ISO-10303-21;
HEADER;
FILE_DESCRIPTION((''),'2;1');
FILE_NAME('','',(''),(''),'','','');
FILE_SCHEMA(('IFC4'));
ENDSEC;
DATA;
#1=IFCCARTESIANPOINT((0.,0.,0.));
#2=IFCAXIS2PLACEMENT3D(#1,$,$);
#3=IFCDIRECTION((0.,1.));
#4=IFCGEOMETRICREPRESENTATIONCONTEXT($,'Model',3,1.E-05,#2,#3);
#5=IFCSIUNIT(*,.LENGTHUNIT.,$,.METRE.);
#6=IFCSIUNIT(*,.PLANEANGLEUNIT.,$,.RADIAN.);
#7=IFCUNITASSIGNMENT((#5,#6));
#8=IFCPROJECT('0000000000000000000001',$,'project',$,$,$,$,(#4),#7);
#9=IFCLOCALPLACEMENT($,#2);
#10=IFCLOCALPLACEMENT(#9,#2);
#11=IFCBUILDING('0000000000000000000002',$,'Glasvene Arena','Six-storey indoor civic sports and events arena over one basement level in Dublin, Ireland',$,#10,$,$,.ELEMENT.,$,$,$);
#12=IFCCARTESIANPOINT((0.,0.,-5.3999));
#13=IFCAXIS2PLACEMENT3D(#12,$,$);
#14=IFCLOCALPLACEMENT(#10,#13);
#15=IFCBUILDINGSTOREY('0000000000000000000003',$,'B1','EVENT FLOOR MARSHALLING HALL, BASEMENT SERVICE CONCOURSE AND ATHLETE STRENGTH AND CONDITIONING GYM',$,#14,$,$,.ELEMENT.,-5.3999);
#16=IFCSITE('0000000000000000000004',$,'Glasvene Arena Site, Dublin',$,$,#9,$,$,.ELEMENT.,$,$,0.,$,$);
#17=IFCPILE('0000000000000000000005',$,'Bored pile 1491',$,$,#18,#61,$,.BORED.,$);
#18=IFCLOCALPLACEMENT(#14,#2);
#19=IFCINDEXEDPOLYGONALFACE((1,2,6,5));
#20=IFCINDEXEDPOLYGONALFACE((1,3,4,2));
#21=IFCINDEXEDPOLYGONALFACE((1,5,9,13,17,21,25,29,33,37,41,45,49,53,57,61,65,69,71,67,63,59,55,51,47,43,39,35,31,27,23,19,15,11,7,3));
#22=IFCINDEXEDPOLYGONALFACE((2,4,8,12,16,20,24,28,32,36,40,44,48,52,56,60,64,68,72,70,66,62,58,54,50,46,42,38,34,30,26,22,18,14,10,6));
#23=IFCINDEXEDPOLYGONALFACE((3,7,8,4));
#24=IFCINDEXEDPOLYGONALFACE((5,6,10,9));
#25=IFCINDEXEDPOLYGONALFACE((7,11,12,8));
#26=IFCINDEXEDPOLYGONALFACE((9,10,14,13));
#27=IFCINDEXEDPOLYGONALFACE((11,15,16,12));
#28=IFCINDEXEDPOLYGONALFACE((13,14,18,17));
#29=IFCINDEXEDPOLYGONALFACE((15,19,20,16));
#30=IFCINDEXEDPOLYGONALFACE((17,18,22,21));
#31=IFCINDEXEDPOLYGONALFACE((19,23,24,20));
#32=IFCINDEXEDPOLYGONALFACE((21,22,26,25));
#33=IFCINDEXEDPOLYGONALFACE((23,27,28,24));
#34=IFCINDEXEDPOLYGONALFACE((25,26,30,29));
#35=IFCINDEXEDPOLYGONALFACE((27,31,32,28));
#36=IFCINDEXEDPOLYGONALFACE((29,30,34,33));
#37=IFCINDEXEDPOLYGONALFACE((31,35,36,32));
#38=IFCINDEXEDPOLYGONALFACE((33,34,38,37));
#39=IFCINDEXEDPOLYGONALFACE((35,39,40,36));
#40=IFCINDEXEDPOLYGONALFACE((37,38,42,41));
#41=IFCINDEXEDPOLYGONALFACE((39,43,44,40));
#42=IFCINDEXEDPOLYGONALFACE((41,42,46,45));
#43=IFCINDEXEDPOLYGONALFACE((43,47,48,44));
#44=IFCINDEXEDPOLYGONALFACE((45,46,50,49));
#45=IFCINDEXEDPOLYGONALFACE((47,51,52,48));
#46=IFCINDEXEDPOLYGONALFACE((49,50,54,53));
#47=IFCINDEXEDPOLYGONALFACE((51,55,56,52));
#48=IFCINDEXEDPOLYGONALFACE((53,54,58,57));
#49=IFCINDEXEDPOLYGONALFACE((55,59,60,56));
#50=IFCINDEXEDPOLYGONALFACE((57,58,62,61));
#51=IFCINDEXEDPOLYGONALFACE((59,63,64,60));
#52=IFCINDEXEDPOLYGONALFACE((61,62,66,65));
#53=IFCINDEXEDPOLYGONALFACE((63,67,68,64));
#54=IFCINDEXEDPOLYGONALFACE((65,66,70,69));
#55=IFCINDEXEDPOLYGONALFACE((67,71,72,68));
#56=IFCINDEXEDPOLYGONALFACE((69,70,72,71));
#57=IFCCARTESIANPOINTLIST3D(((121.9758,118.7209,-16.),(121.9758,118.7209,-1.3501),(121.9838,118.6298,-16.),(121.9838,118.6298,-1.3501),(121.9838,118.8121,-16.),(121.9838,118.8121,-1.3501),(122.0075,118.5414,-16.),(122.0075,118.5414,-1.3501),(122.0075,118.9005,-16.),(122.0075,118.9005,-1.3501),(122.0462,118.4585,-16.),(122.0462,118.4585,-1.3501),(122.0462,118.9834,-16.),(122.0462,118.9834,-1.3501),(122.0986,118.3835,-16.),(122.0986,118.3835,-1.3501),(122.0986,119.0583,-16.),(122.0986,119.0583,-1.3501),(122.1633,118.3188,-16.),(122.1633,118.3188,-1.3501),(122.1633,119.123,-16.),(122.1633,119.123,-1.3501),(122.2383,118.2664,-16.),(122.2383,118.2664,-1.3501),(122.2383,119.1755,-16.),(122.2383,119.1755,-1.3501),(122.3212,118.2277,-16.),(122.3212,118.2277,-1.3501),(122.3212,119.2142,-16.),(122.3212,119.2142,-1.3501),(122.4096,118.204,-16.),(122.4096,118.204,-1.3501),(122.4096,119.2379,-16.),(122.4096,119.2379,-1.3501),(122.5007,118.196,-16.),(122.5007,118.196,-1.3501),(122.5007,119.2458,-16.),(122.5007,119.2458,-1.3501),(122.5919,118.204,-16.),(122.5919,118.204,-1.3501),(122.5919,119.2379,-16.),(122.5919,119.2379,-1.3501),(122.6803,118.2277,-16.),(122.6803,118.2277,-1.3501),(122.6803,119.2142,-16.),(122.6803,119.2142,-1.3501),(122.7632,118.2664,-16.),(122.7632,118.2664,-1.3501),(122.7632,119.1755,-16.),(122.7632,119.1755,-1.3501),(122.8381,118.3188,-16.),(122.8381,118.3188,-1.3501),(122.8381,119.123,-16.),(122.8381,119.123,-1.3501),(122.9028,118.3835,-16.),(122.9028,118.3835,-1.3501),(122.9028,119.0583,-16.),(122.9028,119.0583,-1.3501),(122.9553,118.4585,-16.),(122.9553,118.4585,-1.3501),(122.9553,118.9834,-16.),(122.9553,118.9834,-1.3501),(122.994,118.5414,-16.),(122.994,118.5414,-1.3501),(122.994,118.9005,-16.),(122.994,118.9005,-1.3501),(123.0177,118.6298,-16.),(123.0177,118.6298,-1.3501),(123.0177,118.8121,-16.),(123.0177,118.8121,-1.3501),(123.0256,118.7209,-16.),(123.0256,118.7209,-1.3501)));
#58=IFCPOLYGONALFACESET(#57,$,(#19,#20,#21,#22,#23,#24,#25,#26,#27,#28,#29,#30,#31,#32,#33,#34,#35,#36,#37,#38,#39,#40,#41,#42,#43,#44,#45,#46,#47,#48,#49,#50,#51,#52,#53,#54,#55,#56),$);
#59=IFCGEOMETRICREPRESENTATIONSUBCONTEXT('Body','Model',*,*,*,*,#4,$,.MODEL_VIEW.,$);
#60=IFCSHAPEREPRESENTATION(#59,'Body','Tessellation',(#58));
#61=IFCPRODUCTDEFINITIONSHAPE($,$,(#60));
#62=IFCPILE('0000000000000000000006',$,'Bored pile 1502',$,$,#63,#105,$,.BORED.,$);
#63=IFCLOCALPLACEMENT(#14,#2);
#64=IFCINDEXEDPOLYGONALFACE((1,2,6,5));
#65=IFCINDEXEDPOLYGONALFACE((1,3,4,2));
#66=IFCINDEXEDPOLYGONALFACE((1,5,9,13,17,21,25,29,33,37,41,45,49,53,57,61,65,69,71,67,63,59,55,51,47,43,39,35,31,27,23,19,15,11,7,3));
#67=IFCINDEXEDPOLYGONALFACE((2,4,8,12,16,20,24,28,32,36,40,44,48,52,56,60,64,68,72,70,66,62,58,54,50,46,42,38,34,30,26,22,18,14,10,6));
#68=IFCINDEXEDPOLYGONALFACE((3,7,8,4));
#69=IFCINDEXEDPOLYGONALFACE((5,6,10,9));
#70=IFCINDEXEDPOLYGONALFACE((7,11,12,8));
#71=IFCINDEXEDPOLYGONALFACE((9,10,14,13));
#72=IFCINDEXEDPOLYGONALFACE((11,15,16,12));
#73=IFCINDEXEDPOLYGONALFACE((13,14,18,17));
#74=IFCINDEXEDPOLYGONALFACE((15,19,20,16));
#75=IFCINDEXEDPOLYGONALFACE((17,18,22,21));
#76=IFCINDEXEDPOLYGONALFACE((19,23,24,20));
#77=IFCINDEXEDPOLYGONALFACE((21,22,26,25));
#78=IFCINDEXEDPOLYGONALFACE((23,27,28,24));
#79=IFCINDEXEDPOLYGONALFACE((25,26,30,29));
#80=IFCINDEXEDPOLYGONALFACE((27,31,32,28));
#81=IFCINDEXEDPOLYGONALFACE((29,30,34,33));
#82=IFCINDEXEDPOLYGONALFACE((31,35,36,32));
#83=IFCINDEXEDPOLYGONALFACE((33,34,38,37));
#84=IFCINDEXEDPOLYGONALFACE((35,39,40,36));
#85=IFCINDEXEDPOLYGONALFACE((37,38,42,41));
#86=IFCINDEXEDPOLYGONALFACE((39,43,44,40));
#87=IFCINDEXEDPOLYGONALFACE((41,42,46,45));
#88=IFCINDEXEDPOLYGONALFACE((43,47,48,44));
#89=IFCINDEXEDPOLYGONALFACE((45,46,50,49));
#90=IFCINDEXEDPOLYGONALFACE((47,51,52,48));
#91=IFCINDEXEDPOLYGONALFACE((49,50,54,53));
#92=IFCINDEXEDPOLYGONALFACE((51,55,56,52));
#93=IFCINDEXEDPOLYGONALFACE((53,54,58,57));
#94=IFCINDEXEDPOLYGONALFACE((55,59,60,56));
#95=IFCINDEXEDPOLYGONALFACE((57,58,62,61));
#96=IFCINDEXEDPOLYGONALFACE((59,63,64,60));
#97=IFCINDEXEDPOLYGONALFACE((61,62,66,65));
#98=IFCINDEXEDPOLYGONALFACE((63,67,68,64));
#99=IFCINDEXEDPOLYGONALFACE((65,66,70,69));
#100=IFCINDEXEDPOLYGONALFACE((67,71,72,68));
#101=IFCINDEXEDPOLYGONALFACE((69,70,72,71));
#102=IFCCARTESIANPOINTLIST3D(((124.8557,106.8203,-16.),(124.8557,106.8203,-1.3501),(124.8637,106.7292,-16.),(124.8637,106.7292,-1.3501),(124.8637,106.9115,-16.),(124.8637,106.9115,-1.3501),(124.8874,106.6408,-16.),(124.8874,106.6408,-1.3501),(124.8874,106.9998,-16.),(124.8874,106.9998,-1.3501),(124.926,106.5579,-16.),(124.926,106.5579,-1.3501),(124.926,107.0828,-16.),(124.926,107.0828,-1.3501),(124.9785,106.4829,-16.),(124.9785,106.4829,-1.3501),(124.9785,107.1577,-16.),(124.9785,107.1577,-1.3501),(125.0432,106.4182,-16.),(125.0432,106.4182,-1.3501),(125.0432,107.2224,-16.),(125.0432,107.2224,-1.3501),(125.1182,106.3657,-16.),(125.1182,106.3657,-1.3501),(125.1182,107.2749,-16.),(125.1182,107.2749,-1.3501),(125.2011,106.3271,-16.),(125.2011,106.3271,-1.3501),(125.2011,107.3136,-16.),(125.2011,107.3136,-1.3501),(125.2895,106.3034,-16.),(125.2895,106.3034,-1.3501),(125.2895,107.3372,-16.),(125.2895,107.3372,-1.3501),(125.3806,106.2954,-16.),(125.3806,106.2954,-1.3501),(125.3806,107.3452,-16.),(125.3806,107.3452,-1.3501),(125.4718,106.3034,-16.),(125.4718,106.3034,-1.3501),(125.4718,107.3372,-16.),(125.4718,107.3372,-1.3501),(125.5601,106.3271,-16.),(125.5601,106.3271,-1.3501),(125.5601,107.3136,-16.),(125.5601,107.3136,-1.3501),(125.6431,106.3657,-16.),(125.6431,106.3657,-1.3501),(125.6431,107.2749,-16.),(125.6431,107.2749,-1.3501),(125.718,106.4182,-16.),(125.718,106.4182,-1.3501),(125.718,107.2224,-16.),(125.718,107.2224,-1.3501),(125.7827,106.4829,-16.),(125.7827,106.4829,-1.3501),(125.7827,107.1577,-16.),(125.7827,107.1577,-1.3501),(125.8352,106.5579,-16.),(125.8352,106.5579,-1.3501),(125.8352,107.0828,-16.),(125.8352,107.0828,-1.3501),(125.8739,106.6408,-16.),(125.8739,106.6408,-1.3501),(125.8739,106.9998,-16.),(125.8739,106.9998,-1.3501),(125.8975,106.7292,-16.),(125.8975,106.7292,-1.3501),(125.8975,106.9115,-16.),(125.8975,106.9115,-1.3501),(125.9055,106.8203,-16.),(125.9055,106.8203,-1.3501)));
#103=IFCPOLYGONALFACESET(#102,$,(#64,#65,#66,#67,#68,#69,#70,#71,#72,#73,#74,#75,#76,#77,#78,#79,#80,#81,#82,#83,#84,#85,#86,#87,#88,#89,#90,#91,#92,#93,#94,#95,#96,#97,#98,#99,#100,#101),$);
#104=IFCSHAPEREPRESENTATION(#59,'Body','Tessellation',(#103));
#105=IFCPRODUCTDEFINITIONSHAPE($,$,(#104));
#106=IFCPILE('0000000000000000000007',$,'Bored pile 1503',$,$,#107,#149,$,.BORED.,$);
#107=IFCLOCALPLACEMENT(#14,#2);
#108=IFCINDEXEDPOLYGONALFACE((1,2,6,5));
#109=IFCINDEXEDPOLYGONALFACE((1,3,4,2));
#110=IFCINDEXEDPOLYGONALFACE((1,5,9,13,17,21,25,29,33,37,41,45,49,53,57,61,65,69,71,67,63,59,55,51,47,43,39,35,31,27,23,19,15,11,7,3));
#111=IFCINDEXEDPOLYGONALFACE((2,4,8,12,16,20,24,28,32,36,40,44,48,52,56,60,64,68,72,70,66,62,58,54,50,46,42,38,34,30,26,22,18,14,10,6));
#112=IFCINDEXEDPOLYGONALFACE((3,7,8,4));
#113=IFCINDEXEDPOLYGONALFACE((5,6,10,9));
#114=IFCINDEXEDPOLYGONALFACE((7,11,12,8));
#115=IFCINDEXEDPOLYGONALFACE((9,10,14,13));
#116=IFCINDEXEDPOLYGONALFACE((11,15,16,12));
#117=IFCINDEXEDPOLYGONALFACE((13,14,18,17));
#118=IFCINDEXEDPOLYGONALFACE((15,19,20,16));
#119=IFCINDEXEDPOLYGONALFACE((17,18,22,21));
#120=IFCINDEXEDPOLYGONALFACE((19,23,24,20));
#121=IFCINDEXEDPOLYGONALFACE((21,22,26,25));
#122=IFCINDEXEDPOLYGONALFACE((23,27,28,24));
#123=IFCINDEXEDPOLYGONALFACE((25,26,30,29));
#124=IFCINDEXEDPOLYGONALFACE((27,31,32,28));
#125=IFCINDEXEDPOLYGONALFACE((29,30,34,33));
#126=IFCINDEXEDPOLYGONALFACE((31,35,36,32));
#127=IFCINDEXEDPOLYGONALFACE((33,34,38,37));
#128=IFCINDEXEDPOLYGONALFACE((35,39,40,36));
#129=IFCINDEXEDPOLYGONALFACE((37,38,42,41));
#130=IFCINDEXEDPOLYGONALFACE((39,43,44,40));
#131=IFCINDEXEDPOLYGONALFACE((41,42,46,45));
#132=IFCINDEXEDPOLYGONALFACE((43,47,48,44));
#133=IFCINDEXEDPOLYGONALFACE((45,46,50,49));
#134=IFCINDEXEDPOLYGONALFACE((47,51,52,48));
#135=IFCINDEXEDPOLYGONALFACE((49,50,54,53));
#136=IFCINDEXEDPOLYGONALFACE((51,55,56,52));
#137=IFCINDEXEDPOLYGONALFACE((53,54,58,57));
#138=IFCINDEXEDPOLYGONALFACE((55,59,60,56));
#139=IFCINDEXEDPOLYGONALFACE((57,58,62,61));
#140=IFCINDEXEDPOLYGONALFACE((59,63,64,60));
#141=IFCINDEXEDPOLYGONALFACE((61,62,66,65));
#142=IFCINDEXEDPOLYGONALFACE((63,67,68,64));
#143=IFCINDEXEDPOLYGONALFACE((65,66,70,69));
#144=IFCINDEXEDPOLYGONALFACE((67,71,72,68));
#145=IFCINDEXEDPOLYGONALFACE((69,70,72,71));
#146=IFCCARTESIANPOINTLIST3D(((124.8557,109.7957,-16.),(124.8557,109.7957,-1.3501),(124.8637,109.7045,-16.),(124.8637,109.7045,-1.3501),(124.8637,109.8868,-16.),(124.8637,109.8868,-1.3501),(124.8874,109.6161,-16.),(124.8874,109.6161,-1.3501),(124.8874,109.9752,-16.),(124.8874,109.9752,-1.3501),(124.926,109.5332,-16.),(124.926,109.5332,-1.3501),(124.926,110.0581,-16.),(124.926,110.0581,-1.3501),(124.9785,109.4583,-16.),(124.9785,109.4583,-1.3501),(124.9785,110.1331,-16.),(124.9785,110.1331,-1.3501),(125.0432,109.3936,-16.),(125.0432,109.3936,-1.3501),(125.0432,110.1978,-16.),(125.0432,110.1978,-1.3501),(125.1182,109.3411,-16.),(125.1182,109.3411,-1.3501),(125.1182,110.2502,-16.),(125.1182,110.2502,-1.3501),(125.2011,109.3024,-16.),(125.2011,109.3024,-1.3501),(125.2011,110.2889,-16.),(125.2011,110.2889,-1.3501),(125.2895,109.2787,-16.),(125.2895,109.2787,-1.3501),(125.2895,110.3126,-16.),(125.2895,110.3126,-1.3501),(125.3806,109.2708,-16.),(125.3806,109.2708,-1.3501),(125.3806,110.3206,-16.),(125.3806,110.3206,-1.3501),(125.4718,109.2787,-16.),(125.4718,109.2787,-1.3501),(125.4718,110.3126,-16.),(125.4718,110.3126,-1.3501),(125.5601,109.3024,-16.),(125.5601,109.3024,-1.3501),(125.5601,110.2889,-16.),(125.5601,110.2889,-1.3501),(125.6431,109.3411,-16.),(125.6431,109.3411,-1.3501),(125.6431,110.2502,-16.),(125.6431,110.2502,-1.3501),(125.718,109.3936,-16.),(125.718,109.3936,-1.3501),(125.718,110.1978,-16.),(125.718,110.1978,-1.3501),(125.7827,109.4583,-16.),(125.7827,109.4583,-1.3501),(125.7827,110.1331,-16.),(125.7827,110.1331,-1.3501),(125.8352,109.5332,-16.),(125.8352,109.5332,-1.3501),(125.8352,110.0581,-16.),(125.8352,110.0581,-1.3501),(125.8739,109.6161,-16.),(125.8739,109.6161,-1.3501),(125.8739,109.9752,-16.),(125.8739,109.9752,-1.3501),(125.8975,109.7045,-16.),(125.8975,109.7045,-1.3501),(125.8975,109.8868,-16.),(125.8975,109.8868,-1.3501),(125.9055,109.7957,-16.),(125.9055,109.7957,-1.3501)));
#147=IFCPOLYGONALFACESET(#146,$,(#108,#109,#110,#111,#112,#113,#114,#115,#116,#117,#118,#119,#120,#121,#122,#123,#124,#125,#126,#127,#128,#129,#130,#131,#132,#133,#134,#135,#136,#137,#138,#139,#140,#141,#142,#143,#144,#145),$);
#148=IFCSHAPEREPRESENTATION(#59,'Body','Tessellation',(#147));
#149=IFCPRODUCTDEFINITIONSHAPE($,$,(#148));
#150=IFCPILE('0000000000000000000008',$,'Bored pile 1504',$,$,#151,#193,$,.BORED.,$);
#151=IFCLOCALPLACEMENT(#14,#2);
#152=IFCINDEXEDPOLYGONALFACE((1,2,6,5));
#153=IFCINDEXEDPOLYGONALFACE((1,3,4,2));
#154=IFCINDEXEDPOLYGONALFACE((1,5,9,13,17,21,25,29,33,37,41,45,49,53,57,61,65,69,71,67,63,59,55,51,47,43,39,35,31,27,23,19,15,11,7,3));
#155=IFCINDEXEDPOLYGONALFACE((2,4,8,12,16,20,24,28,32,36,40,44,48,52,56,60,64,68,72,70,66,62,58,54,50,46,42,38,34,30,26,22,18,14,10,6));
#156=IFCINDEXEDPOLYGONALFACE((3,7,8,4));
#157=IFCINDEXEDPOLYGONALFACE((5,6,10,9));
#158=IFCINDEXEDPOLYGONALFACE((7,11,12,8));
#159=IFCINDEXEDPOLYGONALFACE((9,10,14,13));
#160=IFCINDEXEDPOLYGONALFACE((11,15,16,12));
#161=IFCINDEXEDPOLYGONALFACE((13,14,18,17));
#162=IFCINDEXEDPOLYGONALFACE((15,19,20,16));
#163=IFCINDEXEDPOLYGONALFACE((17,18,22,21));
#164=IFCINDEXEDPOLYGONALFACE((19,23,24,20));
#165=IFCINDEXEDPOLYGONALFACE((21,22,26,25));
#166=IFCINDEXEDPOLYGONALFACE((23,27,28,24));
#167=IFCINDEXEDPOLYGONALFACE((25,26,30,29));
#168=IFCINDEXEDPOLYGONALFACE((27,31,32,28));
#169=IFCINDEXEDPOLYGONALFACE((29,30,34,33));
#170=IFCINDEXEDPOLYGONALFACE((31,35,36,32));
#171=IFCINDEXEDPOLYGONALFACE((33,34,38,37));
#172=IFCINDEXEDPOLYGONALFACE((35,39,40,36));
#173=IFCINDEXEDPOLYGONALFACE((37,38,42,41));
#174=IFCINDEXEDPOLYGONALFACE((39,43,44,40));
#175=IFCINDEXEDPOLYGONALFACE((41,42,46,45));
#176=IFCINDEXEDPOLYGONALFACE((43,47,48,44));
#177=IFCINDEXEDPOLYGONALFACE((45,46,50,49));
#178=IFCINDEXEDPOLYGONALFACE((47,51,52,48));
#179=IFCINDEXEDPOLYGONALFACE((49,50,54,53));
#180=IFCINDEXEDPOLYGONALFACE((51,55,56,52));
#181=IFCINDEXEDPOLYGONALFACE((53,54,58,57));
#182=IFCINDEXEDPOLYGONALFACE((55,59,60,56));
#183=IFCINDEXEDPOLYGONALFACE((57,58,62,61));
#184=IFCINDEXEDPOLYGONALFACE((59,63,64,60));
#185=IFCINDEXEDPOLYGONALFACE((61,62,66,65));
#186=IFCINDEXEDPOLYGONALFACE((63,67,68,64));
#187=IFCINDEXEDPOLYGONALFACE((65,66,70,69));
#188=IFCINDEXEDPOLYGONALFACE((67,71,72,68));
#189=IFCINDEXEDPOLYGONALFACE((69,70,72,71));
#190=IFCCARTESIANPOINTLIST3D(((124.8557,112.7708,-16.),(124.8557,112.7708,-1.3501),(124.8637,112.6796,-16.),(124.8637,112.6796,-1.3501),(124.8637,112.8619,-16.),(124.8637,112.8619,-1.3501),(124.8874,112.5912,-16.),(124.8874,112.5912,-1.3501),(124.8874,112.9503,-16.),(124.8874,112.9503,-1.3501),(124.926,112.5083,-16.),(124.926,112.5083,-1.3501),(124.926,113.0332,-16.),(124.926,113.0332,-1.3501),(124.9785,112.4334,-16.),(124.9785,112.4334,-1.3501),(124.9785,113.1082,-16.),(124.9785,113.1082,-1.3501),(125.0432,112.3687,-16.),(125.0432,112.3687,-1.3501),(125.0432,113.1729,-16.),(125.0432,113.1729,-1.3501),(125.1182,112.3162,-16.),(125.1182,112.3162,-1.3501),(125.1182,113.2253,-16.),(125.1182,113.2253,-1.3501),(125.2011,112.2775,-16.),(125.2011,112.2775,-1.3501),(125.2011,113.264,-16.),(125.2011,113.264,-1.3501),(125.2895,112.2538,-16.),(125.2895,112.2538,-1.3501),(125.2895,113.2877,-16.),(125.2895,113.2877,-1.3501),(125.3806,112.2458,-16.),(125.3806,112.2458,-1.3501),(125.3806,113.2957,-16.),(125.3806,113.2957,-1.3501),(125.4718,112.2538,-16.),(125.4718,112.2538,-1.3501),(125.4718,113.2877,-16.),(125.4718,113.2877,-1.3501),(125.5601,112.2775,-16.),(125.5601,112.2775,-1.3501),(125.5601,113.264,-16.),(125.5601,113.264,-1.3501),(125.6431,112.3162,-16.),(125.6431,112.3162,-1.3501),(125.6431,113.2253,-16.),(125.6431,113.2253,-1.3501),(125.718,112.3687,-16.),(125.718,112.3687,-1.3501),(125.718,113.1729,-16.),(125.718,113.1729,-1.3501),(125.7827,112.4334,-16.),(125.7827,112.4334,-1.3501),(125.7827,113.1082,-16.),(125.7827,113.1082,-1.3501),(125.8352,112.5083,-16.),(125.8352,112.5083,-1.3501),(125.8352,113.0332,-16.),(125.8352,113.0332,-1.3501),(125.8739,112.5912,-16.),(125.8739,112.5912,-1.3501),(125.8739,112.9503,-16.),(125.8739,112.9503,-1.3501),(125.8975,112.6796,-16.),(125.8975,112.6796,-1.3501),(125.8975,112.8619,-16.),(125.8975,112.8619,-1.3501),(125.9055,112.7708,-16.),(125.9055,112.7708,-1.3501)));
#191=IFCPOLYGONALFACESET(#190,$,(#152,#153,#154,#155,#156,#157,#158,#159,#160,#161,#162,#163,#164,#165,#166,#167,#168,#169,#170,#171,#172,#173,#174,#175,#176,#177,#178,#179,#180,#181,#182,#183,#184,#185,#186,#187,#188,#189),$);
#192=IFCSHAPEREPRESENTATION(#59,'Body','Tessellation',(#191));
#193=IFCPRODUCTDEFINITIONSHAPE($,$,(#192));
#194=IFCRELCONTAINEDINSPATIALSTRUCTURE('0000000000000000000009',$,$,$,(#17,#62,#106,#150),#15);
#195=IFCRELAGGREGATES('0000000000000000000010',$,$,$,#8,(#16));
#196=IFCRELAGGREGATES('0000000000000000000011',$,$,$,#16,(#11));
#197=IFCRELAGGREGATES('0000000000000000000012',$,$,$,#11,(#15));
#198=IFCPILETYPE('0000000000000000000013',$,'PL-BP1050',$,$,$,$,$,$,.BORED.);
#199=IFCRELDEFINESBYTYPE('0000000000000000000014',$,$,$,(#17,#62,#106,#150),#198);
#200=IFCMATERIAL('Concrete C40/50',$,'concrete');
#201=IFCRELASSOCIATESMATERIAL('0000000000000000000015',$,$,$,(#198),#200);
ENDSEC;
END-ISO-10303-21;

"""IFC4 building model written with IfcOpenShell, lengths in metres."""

from ifc_helpers import new_model, si_unit, direction, frame, origin, origin_2d, place, context, subcontext, project, spatial, circle, extrude, material, material_profile, profile_set, type_object, element, save


model = new_model("IFC4")

# Units and contexts
model_context = context("Model", 3, precision=1e-05, world=origin(), true_north=direction((0.0, 1.0)))
body_context = subcontext(model_context, "Body", "Model", "MODEL_VIEW")
ifc_project = project(units=[si_unit("LENGTHUNIT", "METRE"), si_unit("PLANEANGLEUNIT", "RADIAN")], contexts=[model_context])

# Site, building, storey
site_placement = place(None, origin())
site = spatial("IfcSite", under=ifc_project, at=site_placement, Name="Glasvene Arena Site, Dublin", CompositionType="ELEMENT", RefElevation=0.0)
building_placement = place(site_placement, origin())
building = spatial("IfcBuilding", under=site, at=building_placement, Name="Glasvene Arena", Description="Six-storey indoor civic sports and events arena over one basement level in Dublin, Ireland", CompositionType="ELEMENT")
storey_placement = place(building_placement, frame((0.0, 0.0, -5.3999)))
storey = spatial("IfcBuildingStorey", under=building, at=storey_placement, Name="B1", Description="EVENT FLOOR MARSHALLING HALL, BASEMENT SERVICE CONCOURSE AND ATHLETE STRENGTH AND CONDITIONING GYM", CompositionType="ELEMENT", Elevation=-5.3999)

# Piles
ifc_material_1 = material(Name="Concrete C40/50", Category="concrete")
ifc_material_profile_1 = material_profile(ifc_material_1, circle(Radius=0.5249, at=origin_2d()), Name="BORED PILE 1050")
ifc_profile_set_1 = profile_set([ifc_material_profile_1], Name="Concrete C40/50")
pile_type = type_object("IfcPileType", Name="PL-BP1050", PredefinedType="BORED", material=ifc_profile_set_1)
for number, where, z_axis, x_axis, name in (
    (1, (122.5007, 118.7209, -1.3501), (0.0, 0.0, -1.0), (1.0, 0.0, 0.0), "Bored pile 1491"),
    (2, (125.3806, 106.8203, -1.3501), (0.0, 0.0, -1.0), (1.0, 0.0, 0.0), "Bored pile 1502"),
    (3, (125.3806, 109.7957, -1.3501), (0.0, 0.0, -1.0), (1.0, 0.0, 0.0), "Bored pile 1503"),
    (4, (125.3806, 112.7708, -1.3501), (0.0, 0.0, -1.0), (1.0, 0.0, 0.0), "Bored pile 1504"),
):
    element("IfcPile", number, at=place(storey_placement, frame(where, z_axis=z_axis, x_axis=x_axis)), inside=storey, type_object=pile_type, Name=name, PredefinedType="BORED", context=body_context, shape_type="SweptSolid", body=[
        extrude(circle(Radius=0.5249, at=origin_2d()), origin(), (0.0, 0.0, 1.0), 14.6499),
    ])

save(model, "model.ifc")
